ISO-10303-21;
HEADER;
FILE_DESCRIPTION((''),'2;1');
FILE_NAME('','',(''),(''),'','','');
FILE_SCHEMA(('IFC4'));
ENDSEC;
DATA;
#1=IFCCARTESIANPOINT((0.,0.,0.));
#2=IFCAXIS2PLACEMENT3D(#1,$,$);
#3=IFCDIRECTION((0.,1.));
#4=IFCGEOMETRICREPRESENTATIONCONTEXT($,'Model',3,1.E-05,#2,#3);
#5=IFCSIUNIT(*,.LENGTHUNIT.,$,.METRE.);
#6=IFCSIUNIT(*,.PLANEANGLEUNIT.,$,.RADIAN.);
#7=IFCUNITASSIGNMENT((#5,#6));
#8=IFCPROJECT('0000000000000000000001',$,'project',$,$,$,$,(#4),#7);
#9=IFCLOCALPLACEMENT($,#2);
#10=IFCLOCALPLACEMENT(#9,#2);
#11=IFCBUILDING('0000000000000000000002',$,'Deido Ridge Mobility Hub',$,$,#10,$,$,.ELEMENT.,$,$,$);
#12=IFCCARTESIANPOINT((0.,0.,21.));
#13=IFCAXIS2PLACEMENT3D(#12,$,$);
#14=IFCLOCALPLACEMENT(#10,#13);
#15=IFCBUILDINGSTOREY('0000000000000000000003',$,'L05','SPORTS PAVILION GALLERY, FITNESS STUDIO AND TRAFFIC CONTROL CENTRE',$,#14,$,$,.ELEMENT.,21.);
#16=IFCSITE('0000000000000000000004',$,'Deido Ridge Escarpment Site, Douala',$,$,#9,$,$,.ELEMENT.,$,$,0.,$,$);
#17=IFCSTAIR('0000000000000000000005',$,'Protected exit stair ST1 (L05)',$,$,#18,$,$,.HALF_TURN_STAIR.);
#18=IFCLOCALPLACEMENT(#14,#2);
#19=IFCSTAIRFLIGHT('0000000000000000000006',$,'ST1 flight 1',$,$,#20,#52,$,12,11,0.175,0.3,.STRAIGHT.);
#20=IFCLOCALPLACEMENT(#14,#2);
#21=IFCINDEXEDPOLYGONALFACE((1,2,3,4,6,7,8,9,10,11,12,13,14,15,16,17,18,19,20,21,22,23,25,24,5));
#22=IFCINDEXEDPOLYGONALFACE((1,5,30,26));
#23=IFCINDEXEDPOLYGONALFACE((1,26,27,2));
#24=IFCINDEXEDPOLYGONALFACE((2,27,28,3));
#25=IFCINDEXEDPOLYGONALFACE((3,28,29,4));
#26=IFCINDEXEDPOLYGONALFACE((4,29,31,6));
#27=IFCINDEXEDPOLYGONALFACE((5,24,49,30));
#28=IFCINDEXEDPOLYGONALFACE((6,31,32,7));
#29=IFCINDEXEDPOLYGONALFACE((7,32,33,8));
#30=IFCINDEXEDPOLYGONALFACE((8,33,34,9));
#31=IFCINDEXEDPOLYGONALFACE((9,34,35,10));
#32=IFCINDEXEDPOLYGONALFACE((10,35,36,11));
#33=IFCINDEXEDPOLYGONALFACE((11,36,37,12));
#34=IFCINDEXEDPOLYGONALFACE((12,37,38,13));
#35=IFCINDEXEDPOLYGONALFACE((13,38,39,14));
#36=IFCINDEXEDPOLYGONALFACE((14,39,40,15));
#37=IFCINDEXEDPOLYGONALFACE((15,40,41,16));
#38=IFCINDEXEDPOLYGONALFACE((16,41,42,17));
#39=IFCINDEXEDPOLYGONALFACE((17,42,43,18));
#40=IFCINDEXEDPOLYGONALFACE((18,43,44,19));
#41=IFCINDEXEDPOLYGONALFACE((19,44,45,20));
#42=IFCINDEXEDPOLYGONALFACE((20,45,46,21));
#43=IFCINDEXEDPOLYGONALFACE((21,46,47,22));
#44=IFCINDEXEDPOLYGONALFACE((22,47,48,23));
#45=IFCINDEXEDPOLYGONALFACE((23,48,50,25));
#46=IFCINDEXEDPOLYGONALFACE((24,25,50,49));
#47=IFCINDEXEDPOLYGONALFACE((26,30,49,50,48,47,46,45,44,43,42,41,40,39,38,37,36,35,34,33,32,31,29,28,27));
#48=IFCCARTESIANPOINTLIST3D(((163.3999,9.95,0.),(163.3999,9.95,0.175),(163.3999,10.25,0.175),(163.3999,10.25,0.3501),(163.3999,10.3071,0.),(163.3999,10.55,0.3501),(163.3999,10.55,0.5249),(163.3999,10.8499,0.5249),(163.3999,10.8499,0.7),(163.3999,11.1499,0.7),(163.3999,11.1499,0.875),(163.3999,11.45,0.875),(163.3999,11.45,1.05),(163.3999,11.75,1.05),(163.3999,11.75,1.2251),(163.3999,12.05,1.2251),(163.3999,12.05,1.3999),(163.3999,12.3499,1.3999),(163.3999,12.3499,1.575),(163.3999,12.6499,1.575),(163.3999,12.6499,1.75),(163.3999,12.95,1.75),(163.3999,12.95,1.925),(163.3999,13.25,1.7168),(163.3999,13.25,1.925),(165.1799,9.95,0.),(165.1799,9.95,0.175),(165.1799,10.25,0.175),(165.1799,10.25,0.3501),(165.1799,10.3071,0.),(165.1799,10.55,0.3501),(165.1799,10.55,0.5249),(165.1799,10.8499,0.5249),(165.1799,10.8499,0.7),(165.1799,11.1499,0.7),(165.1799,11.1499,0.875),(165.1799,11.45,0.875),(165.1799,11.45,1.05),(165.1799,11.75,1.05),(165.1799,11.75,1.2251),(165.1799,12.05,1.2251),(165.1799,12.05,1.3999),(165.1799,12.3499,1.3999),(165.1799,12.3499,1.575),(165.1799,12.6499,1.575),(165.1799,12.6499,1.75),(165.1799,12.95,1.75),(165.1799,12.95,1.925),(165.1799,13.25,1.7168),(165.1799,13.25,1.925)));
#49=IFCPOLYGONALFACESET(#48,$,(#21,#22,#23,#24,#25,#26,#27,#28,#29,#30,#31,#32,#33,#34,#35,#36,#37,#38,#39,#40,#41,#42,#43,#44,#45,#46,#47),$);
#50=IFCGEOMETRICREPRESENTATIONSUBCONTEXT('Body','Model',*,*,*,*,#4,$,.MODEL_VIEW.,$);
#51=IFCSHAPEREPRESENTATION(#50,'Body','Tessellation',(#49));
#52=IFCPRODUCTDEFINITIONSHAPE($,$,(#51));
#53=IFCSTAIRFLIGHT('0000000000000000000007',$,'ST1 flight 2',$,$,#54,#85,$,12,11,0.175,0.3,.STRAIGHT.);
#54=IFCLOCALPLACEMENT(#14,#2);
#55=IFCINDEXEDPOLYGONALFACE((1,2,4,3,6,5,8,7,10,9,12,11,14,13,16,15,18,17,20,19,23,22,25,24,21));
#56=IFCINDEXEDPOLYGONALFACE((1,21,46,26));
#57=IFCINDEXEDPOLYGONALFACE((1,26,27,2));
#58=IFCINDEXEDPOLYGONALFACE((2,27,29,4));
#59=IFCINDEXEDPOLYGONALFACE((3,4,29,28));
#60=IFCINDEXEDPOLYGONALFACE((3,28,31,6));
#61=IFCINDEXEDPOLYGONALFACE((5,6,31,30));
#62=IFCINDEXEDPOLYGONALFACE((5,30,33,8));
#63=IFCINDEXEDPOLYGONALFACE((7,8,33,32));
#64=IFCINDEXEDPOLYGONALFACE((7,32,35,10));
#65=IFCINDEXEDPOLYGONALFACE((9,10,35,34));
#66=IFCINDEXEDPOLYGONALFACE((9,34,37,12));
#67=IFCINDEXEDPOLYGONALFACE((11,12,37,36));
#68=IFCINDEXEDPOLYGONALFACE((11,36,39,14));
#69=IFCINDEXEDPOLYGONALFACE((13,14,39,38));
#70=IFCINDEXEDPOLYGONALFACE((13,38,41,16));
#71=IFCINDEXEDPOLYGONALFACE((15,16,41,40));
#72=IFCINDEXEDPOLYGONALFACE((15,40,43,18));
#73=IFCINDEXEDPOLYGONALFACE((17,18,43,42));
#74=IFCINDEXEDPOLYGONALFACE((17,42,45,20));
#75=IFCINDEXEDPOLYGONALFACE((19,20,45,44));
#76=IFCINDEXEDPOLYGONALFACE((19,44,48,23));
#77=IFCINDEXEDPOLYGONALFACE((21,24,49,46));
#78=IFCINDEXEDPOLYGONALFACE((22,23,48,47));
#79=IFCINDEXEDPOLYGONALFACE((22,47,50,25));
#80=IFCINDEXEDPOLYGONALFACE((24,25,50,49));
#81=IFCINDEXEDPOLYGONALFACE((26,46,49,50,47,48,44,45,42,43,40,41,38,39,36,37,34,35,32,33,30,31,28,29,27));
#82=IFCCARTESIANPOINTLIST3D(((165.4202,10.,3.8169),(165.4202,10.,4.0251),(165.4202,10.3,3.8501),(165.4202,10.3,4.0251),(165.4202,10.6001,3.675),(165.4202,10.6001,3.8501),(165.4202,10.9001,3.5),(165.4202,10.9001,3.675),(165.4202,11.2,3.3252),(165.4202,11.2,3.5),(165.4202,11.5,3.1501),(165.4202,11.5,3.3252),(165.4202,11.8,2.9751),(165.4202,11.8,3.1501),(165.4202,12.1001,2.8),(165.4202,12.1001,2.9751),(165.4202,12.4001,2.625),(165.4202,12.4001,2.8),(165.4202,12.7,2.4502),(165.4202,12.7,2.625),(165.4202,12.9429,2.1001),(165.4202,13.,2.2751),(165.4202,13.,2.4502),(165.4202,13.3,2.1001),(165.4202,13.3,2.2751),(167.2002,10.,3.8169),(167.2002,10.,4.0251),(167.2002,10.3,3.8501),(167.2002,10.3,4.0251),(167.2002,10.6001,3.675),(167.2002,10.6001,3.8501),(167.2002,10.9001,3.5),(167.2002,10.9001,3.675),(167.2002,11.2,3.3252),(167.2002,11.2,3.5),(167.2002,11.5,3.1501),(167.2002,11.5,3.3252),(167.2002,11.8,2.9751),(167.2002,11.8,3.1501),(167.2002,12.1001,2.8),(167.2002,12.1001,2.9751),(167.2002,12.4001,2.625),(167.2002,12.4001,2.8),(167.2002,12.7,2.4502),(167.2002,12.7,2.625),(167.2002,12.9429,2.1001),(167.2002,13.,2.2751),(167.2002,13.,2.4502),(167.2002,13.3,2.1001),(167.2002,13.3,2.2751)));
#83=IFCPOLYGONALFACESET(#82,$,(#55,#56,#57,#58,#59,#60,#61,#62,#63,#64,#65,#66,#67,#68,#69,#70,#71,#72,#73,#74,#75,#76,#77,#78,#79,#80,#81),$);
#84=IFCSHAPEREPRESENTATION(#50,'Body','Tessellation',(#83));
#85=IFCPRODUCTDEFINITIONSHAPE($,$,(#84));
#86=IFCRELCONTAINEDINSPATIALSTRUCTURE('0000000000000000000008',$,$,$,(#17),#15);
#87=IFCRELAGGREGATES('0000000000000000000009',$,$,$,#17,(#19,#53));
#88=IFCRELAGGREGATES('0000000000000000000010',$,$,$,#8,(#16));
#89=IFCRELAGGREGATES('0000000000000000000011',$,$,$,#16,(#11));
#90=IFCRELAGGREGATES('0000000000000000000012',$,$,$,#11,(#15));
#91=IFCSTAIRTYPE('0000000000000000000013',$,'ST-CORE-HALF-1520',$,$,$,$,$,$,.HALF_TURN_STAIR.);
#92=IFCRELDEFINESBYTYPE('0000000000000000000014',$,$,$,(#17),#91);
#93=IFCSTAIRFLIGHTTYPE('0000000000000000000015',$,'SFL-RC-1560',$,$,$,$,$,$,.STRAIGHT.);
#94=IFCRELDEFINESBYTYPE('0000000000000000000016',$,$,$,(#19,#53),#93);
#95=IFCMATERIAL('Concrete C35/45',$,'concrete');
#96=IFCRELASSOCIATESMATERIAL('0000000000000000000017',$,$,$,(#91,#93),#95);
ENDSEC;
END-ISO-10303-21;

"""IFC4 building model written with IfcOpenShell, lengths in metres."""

from ifc_helpers import new_model, si_unit, direction, frame, origin, place, context, subcontext, project, spatial, polyline, outline, extrude, material, type_object, element, aggregate, save


model = new_model("IFC4")

# Units and contexts
model_context = context("Model", 3, precision=1e-05, world=origin(), true_north=direction((0.0, 1.0)))
body_context = subcontext(model_context, "Body", "Model", "MODEL_VIEW")
ifc_project = project(units=[si_unit("LENGTHUNIT", "METRE"), si_unit("PLANEANGLEUNIT", "RADIAN")], contexts=[model_context])

# Site, building, storey
site_placement = place(None, origin())
site = spatial("IfcSite", under=ifc_project, at=site_placement, Name="Deido Ridge Escarpment Site, Douala", CompositionType="ELEMENT", RefElevation=0.0)
building_placement = place(site_placement, origin())
building = spatial("IfcBuilding", under=site, at=building_placement, Name="Deido Ridge Mobility Hub", CompositionType="ELEMENT")
storey_placement = place(building_placement, frame((0.0, 0.0, 21.0)))
storey = spatial("IfcBuildingStorey", under=building, at=storey_placement, Name="L05", Description="SPORTS PAVILION GALLERY, FITNESS STUDIO AND TRAFFIC CONTROL CENTRE", CompositionType="ELEMENT", Elevation=21.0)

# Stair, stair flights
ifc_material_1 = material(Name="Concrete C35/45", Category="concrete")
stair_type = type_object("IfcStairType", Name="ST-CORE-HALF-1520", PredefinedType="HALF_TURN_STAIR", material=ifc_material_1)
stair_placement = place(storey_placement, origin())
stair = element("IfcStair", 1, at=stair_placement, inside=storey, type_object=stair_type, Name="Protected exit stair ST1 (L05)", PredefinedType="HALF_TURN_STAIR")
stair_flight_type = type_object("IfcStairFlightType", Name="SFL-RC-1560", PredefinedType="STRAIGHT", material=ifc_material_1)
stair_flight_1_placement = place(storey_placement, frame((164.29, 9.95, 0.0), z_axis=(0.0, 0.0, 1.0), x_axis=(0.0, 1.0, 0.0)))
stair_flight_1 = element("IfcStairFlight", 2, at=stair_flight_1_placement, type_object=stair_flight_type, Name="ST1 flight 1", NumberOfRisers=12, NumberOfTreads=11, PredefinedType="STRAIGHT", RiserHeight=0.175, TreadLength=0.3, context=body_context, shape_type="SweptSolid", body=[
    extrude(outline(polyline([(0.0, 0.0), (0.0, 0.175), (0.3, 0.175), (0.3, 0.3501), (0.6001, 0.3501), (0.6001, 0.5249), (0.8999, 0.5249), (0.8999, 0.7), (1.2, 0.7), (1.2, 0.875), (1.5, 0.875), (1.5, 1.05), (1.8, 1.05), (1.8, 1.2251), (2.1001, 1.2251), (2.1001, 1.3999), (2.3999, 1.3999), (2.3999, 1.575), (2.7, 1.575), (2.7, 1.75), (3.0, 1.75), (3.0, 1.925), (3.3, 1.925), (3.3, 2.1001), (3.3, 1.7168), (0.3572, 0.0), (0.0, 0.0)])), frame((0.0, 0.8901, 0.0), z_axis=(0.0, -1.0, 0.0), x_axis=(1.0, 0.0, 0.0)), (0.0, 0.0, 1.0), 1.78),
])
stair_flight_2_placement = place(storey_placement, frame((166.3101, 13.3, 2.1001), z_axis=(0.0, 0.0, 1.0), x_axis=(0.0, -1.0, 0.0)))
stair_flight_2 = element("IfcStairFlight", 3, at=stair_flight_2_placement, type_object=stair_flight_type, Name="ST1 flight 2", NumberOfRisers=12, NumberOfTreads=11, PredefinedType="STRAIGHT", RiserHeight=0.175, TreadLength=0.3, context=body_context, shape_type="SweptSolid", body=[
    extrude(outline(polyline([(0.0, 0.0), (0.0, 0.175), (0.3, 0.175), (0.3, 0.3501), (0.6001, 0.3501), (0.6001, 0.5249), (0.8999, 0.5249), (0.8999, 0.7), (1.2, 0.7), (1.2, 0.875), (1.5, 0.875), (1.5, 1.05), (1.8, 1.05), (1.8, 1.2251), (2.1001, 1.2251), (2.1001, 1.3999), (2.3999, 1.3999), (2.3999, 1.575), (2.7, 1.575), (2.7, 1.75), (3.0, 1.75), (3.0, 1.925), (3.3, 1.925), (3.3, 2.1001), (3.3, 1.7168), (0.3572, 0.0), (0.0, 0.0)])), frame((0.0, 0.8901, 0.0), z_axis=(0.0, -1.0, 0.0), x_axis=(1.0, 0.0, 0.0)), (0.0, 0.0, 1.0), 1.78),
])
aggregate(stair, [stair_flight_1, stair_flight_2])

save(model, "model.ifc")
